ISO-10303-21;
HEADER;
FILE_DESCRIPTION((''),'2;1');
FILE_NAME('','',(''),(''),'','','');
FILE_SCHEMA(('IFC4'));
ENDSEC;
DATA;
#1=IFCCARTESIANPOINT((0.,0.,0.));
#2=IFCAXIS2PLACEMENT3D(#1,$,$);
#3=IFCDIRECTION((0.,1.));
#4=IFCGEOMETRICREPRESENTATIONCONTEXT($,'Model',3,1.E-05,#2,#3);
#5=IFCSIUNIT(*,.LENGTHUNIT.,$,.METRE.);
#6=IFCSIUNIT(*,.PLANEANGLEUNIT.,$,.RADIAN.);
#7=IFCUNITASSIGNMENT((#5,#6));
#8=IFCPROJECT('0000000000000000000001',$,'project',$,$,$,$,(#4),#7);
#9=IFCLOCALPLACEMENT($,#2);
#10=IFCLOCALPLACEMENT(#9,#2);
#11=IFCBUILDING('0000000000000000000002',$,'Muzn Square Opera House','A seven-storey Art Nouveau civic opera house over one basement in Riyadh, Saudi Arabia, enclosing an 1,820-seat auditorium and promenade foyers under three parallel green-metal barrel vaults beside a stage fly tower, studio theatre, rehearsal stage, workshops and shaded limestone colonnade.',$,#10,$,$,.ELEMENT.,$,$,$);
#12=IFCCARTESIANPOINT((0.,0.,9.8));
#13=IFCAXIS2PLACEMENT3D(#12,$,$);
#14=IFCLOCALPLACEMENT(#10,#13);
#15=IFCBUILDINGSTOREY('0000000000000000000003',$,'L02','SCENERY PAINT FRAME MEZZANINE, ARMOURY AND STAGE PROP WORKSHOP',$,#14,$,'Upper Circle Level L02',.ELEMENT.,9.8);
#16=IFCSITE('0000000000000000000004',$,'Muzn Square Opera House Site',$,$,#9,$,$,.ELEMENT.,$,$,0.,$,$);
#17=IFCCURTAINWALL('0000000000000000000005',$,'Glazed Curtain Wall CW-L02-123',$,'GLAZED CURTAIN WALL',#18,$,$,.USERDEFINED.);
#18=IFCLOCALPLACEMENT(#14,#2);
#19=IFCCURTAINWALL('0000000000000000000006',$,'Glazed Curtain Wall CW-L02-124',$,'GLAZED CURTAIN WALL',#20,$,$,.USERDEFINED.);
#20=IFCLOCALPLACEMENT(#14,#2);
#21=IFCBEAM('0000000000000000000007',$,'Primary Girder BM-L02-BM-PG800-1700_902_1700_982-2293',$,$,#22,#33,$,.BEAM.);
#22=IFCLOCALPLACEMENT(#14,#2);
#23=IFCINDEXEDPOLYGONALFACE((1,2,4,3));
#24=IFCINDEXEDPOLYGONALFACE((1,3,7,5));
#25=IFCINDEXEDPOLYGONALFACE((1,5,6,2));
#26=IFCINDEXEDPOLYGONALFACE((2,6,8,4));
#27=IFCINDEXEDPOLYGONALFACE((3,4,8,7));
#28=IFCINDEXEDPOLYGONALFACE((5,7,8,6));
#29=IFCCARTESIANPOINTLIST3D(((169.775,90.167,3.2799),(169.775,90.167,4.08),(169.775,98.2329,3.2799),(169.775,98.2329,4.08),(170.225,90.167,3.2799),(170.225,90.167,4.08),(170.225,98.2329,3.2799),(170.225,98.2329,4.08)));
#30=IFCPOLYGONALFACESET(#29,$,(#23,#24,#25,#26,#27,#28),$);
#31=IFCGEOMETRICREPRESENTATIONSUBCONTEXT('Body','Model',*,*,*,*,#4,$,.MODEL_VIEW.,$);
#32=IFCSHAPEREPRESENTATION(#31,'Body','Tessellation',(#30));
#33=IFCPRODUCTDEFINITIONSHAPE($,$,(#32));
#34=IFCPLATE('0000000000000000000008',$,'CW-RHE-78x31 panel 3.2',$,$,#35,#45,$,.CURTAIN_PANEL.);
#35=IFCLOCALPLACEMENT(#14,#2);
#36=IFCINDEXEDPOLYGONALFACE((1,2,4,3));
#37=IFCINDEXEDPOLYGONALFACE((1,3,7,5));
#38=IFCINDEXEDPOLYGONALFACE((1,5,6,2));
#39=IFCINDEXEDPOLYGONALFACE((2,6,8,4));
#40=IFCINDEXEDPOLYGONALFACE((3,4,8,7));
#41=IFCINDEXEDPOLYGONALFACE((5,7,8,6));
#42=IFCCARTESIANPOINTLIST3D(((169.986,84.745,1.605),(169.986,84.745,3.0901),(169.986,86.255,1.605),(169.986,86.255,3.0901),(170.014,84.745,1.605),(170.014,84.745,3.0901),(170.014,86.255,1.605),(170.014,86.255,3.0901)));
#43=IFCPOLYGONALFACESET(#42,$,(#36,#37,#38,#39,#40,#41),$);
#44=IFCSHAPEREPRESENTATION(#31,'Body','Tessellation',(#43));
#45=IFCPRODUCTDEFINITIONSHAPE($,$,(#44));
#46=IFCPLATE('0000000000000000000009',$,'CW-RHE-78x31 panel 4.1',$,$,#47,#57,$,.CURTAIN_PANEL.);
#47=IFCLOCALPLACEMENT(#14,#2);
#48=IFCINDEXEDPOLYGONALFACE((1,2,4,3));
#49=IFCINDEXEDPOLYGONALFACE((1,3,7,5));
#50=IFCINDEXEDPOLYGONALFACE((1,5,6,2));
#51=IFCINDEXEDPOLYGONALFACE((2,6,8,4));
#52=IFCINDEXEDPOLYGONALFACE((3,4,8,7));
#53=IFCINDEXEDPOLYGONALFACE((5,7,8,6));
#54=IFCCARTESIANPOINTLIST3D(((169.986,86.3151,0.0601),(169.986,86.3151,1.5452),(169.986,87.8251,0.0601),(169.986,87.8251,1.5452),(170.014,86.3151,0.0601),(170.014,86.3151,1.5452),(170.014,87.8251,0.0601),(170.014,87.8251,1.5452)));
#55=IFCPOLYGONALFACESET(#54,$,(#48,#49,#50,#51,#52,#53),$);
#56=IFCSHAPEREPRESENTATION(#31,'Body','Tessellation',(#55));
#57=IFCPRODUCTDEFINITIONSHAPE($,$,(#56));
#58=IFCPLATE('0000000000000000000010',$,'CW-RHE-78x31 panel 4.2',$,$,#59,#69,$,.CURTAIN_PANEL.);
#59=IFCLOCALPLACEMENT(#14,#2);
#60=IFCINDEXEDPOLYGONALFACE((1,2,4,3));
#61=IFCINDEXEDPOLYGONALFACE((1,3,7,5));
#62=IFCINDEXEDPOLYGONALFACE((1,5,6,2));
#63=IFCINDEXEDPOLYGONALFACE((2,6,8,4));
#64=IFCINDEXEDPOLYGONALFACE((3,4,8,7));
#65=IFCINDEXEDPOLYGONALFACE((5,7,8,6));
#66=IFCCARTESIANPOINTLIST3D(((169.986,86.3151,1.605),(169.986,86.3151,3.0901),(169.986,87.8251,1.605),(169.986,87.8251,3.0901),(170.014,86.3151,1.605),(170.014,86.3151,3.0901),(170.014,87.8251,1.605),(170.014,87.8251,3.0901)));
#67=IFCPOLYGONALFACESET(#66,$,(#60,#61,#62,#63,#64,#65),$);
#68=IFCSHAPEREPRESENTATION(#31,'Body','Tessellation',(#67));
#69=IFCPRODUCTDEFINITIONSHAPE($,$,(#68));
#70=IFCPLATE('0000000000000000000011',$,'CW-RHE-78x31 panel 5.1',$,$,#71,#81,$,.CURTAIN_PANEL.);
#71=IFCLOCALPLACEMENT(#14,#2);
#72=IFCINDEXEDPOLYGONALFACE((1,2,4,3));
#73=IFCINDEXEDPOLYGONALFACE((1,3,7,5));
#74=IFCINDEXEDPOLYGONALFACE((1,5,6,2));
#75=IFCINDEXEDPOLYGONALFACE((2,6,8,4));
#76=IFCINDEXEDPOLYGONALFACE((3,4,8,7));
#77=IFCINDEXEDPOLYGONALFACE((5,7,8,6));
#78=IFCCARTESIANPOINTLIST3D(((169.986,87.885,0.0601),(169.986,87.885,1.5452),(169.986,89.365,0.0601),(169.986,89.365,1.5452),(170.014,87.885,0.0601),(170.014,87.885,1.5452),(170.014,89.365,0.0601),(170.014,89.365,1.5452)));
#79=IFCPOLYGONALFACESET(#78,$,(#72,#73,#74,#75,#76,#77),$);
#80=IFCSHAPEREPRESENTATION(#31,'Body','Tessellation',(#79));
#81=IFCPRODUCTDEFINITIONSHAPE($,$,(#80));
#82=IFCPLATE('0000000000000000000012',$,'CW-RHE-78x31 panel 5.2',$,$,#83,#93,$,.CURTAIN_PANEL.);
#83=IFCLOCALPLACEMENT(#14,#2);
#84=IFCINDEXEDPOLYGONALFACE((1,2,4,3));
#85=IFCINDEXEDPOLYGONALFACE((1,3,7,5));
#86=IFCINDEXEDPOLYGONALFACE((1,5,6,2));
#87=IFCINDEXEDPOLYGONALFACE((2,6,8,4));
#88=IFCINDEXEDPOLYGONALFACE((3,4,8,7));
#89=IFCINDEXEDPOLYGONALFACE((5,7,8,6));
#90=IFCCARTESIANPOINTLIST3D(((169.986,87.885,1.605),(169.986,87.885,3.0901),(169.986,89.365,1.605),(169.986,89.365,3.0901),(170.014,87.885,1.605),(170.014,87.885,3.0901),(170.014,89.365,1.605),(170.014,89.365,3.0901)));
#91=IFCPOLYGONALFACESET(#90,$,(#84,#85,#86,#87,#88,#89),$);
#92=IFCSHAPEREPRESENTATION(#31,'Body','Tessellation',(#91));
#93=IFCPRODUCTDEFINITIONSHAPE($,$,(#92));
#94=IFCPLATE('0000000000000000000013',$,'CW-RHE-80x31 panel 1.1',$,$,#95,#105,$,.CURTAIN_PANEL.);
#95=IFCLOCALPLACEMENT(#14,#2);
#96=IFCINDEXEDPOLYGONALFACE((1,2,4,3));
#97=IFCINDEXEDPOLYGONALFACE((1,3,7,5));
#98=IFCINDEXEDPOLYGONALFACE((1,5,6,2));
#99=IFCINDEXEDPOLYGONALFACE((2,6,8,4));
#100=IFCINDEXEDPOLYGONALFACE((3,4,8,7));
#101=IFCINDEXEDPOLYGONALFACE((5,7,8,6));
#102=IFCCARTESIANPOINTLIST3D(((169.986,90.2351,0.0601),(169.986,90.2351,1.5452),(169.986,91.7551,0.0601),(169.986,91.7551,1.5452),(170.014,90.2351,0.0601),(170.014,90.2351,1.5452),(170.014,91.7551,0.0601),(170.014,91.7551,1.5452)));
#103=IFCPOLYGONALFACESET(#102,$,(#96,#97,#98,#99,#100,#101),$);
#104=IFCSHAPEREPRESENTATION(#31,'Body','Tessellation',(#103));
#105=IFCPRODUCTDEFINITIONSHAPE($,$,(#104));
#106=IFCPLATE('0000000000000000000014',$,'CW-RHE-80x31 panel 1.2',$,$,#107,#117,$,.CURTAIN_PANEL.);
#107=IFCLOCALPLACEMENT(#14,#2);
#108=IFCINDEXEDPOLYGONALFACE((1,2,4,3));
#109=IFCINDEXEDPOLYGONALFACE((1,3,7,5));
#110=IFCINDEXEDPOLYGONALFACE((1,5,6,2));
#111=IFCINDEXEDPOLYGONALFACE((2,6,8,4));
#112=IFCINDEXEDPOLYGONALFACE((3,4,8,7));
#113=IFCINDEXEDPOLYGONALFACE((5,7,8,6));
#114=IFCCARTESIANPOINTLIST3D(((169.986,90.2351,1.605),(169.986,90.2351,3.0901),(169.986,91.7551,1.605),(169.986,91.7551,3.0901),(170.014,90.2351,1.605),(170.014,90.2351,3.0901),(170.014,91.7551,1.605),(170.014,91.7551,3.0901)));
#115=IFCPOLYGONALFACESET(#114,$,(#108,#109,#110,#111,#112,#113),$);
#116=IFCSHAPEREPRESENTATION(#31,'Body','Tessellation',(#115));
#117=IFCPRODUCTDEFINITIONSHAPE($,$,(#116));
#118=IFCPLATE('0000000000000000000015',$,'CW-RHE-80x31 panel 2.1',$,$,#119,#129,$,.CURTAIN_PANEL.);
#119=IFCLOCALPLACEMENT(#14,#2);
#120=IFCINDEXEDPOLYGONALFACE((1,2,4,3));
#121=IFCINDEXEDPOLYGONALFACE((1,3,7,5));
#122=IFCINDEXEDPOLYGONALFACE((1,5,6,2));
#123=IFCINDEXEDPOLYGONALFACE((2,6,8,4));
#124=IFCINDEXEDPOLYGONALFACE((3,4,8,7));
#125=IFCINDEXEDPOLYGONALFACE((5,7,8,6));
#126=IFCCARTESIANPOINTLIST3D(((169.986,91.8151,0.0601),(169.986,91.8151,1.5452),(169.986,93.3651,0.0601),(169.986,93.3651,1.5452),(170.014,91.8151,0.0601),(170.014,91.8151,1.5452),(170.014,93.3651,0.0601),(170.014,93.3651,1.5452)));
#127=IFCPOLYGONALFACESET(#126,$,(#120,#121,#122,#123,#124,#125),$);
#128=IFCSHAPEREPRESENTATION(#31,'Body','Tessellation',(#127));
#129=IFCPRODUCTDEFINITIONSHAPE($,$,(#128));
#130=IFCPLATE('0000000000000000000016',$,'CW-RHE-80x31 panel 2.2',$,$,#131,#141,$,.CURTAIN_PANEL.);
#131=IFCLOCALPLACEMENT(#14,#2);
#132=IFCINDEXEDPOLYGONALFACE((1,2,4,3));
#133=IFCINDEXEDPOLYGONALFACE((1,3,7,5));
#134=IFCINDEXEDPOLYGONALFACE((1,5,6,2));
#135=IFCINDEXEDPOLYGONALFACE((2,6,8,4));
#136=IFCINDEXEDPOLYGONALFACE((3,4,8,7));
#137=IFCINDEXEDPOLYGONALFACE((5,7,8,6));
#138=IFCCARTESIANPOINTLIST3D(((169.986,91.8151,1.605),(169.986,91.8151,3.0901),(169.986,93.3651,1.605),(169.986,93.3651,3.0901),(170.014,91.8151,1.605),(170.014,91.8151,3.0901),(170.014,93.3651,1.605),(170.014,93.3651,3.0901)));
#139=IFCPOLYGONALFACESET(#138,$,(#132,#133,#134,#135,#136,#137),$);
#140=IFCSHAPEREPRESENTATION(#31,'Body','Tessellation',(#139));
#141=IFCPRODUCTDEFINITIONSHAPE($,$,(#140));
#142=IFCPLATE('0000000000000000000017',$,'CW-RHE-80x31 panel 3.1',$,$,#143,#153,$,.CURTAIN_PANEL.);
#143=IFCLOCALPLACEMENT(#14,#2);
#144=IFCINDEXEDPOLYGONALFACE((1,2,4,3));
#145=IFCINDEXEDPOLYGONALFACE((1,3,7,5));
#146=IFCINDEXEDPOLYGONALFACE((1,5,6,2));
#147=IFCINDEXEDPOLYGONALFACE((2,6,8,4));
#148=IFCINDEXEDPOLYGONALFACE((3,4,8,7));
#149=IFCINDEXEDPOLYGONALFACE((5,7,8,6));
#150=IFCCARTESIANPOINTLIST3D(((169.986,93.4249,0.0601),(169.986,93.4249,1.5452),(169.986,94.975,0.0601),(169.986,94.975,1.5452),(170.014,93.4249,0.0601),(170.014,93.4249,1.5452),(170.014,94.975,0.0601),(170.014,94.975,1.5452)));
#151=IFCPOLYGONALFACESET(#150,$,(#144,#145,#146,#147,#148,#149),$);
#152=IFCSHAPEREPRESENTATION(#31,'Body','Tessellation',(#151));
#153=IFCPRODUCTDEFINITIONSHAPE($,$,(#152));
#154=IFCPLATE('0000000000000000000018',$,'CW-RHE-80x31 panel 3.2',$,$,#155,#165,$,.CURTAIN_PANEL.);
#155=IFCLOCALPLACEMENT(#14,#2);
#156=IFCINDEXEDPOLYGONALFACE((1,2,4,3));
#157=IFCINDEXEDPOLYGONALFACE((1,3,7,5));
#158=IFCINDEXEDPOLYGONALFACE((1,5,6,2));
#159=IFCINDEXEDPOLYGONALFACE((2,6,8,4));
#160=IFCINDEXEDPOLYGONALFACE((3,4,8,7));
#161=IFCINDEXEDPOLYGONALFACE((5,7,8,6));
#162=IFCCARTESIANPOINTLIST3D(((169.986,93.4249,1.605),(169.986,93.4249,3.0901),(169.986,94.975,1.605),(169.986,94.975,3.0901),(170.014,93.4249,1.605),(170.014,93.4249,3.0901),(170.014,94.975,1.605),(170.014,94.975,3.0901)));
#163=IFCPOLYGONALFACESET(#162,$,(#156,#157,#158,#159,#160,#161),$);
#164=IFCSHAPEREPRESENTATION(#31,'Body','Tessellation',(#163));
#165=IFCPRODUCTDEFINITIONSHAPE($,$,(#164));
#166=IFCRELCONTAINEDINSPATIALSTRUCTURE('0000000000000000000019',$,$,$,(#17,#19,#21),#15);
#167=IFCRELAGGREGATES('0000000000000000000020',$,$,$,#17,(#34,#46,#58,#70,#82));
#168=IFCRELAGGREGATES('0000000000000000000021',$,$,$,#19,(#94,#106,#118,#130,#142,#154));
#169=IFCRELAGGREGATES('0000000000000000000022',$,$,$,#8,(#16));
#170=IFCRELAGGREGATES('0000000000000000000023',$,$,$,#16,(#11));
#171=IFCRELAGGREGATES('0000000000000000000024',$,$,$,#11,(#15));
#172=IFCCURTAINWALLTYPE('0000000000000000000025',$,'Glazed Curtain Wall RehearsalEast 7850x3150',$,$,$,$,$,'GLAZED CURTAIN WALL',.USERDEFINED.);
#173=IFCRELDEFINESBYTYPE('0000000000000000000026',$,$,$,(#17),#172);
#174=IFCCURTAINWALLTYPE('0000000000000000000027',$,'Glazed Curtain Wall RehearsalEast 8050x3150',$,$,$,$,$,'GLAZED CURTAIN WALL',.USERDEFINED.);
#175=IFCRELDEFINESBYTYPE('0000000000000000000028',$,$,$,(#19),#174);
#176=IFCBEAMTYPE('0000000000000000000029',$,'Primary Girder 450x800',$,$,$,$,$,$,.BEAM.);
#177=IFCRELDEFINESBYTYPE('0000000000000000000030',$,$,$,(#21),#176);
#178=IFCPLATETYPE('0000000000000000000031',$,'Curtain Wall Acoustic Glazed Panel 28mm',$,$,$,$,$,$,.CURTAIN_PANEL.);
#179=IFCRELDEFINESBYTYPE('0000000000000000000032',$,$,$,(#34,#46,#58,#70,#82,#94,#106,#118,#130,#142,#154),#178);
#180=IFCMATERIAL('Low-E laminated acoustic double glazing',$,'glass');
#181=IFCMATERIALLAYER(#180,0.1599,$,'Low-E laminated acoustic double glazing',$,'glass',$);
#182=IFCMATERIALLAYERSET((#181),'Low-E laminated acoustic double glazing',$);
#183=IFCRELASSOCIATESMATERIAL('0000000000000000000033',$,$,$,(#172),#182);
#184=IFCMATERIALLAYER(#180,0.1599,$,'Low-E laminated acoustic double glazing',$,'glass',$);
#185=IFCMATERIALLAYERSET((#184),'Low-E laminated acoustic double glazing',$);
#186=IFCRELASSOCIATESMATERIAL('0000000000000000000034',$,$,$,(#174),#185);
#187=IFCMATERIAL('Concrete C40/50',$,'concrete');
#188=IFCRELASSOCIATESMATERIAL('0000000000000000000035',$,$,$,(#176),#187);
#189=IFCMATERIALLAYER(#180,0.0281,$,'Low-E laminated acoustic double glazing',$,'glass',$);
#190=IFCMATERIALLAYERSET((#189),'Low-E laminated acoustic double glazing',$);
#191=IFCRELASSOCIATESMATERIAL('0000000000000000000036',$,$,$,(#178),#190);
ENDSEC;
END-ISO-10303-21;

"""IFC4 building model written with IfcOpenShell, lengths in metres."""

from ifc_helpers import new_model, si_unit, direction, frame, origin, origin_2d, place, context, subcontext, project, spatial, rectangle, extrude, material, layer, layer_set, material_profile, profile_set, type_object, element, aggregate, save


model = new_model("IFC4")

# Units and contexts
model_context = context("Model", 3, precision=1e-05, world=origin(), true_north=direction((0.0, 1.0)))
body_context = subcontext(model_context, "Body", "Model", "MODEL_VIEW")
ifc_project = project(units=[si_unit("LENGTHUNIT", "METRE"), si_unit("PLANEANGLEUNIT", "RADIAN")], contexts=[model_context])

# Site, building, storey
site_placement = place(None, origin())
site = spatial("IfcSite", under=ifc_project, at=site_placement, Name="Muzn Square Opera House Site", CompositionType="ELEMENT", RefElevation=0.0)
building_placement = place(site_placement, origin())
building = spatial("IfcBuilding", under=site, at=building_placement, Name="Muzn Square Opera House", Description="A seven-storey Art Nouveau civic opera house over one basement in Riyadh, Saudi Arabia, enclosing an 1,820-seat auditorium and promenade foyers under three parallel green-metal barrel vaults beside a stage fly tower, studio theatre, rehearsal stage, workshops and shaded limestone colonnade.", CompositionType="ELEMENT")
storey_placement = place(building_placement, frame((0.0, 0.0, 9.8)))
storey = spatial("IfcBuildingStorey", under=building, at=storey_placement, Name="L02", Description="SCENERY PAINT FRAME MEZZANINE, ARMOURY AND STAGE PROP WORKSHOP", LongName="Upper Circle Level L02", CompositionType="ELEMENT", Elevation=9.8)

# Curtain walls
ifc_material_1 = material(Name="Low-E laminated acoustic double glazing", Category="glass")
ifc_layer_1 = layer(ifc_material_1, 0.1599, Name="Low-E laminated acoustic double glazing", Category="glass")
ifc_layer_set_1 = layer_set([ifc_layer_1], Name="Low-E laminated acoustic double glazing")
curtain_wall_type_1 = type_object("IfcCurtainWallType", Name="Glazed Curtain Wall RehearsalEast 7850x3150", ElementType="GLAZED CURTAIN WALL", PredefinedType="USERDEFINED", material=ifc_layer_set_1)
curtain_wall_1_placement = place(storey_placement, origin())
curtain_wall_1 = element("IfcCurtainWall", 1, at=curtain_wall_1_placement, inside=storey, type_object=curtain_wall_type_1, Name="Glazed Curtain Wall CW-L02-123", ObjectType="GLAZED CURTAIN WALL", PredefinedType="USERDEFINED")
ifc_layer_2 = layer(ifc_material_1, 0.1599, Name="Low-E laminated acoustic double glazing", Category="glass")
ifc_layer_set_2 = layer_set([ifc_layer_2], Name="Low-E laminated acoustic double glazing")
curtain_wall_type_2 = type_object("IfcCurtainWallType", Name="Glazed Curtain Wall RehearsalEast 8050x3150", ElementType="GLAZED CURTAIN WALL", PredefinedType="USERDEFINED", material=ifc_layer_set_2)
curtain_wall_2_placement = place(storey_placement, origin())
curtain_wall_2 = element("IfcCurtainWall", 2, at=curtain_wall_2_placement, inside=storey, type_object=curtain_wall_type_2, Name="Glazed Curtain Wall CW-L02-124", ObjectType="GLAZED CURTAIN WALL", PredefinedType="USERDEFINED")

# Beam
ifc_material_2 = material(Name="Concrete C40/50", Category="concrete")
ifc_material_profile_1 = material_profile(ifc_material_2, rectangle(XDim=0.45, YDim=0.8, at=origin_2d()), Name="RCB 450x800", Category="concrete")
ifc_profile_set_1 = profile_set([ifc_material_profile_1], Name="Concrete C40/50")
beam_type = type_object("IfcBeamType", Name="Primary Girder 450x800", PredefinedType="BEAM", material=ifc_profile_set_1)
beam_placement = place(storey_placement, frame((170.0, 90.167, 3.6799), z_axis=(0.0, 1.0, 0.0), x_axis=(-1.0, 0.0, 0.0)))
element("IfcBeam", 3, at=beam_placement, inside=storey, type_object=beam_type, Name="Primary Girder BM-L02-BM-PG800-1700_902_1700_982-2293", PredefinedType="BEAM", context=body_context, shape_type="SweptSolid", body=[
    extrude(rectangle(XDim=0.45, YDim=0.8, at=origin_2d()), origin(), (0.0, 0.0, 1.0), 8.0659),
])

# Plates
ifc_layer_3 = layer(ifc_material_1, 0.0281, Name="Low-E laminated acoustic double glazing", Category="glass")
ifc_layer_set_3 = layer_set([ifc_layer_3], Name="Low-E laminated acoustic double glazing")
plate_type = type_object("IfcPlateType", Name="Curtain Wall Acoustic Glazed Panel 28mm", PredefinedType="CURTAIN_PANEL", material=ifc_layer_set_3)
plate_1_placement = place(storey_placement, frame((170.0, 85.5, 1.605), z_axis=(0.0, 0.0, 1.0), x_axis=(0.0, 1.0, 0.0)))
plate_1 = element("IfcPlate", 4, at=plate_1_placement, type_object=plate_type, Name="CW-RHE-78x31 panel 3.2", PredefinedType="CURTAIN_PANEL", context=body_context, shape_type="SweptSolid", body=[
    extrude(rectangle(XDim=1.51, YDim=0.0281, at=origin_2d()), origin(), (0.0, 0.0, 1.0), 1.4851),
])
plate_2_placement = place(storey_placement, frame((170.0, 87.0701, 0.0601), z_axis=(0.0, 0.0, 1.0), x_axis=(0.0, 1.0, 0.0)))
plate_2 = element("IfcPlate", 5, at=plate_2_placement, type_object=plate_type, Name="CW-RHE-78x31 panel 4.1", PredefinedType="CURTAIN_PANEL", context=body_context, shape_type="SweptSolid", body=[
    extrude(rectangle(XDim=1.51, YDim=0.0281, at=origin_2d()), origin(), (0.0, 0.0, 1.0), 1.4851),
])
plate_3_placement = place(storey_placement, frame((170.0, 87.0701, 1.605), z_axis=(0.0, 0.0, 1.0), x_axis=(0.0, 1.0, 0.0)))
plate_3 = element("IfcPlate", 6, at=plate_3_placement, type_object=plate_type, Name="CW-RHE-78x31 panel 4.2", PredefinedType="CURTAIN_PANEL", context=body_context, shape_type="SweptSolid", body=[
    extrude(rectangle(XDim=1.51, YDim=0.0281, at=origin_2d()), origin(), (0.0, 0.0, 1.0), 1.4851),
])
plate_4_placement = place(storey_placement, frame((170.0, 88.625, 0.0601), z_axis=(0.0, 0.0, 1.0), x_axis=(0.0, 1.0, 0.0)))
plate_4 = element("IfcPlate", 7, at=plate_4_placement, type_object=plate_type, Name="CW-RHE-78x31 panel 5.1", PredefinedType="CURTAIN_PANEL", context=body_context, shape_type="SweptSolid", body=[
    extrude(rectangle(XDim=1.48, YDim=0.0281, at=origin_2d()), origin(), (0.0, 0.0, 1.0), 1.4851),
])
plate_5_placement = place(storey_placement, frame((170.0, 88.625, 1.605), z_axis=(0.0, 0.0, 1.0), x_axis=(0.0, 1.0, 0.0)))
plate_5 = element("IfcPlate", 8, at=plate_5_placement, type_object=plate_type, Name="CW-RHE-78x31 panel 5.2", PredefinedType="CURTAIN_PANEL", context=body_context, shape_type="SweptSolid", body=[
    extrude(rectangle(XDim=1.48, YDim=0.0281, at=origin_2d()), origin(), (0.0, 0.0, 1.0), 1.4851),
])
aggregate(curtain_wall_1, [plate_1, plate_2, plate_3, plate_4, plate_5])
plate_6_placement = place(storey_placement, frame((170.0, 90.9951, 0.0601), z_axis=(0.0, 0.0, 1.0), x_axis=(0.0, 1.0, 0.0)))
plate_6 = element("IfcPlate", 9, at=plate_6_placement, type_object=plate_type, Name="CW-RHE-80x31 panel 1.1", PredefinedType="CURTAIN_PANEL", context=body_context, shape_type="SweptSolid", body=[
    extrude(rectangle(XDim=1.52, YDim=0.0281, at=origin_2d()), origin(), (0.0, 0.0, 1.0), 1.4851),
])
plate_7_placement = place(storey_placement, frame((170.0, 90.9951, 1.605), z_axis=(0.0, 0.0, 1.0), x_axis=(0.0, 1.0, 0.0)))
plate_7 = element("IfcPlate", 10, at=plate_7_placement, type_object=plate_type, Name="CW-RHE-80x31 panel 1.2", PredefinedType="CURTAIN_PANEL", context=body_context, shape_type="SweptSolid", body=[
    extrude(rectangle(XDim=1.52, YDim=0.0281, at=origin_2d()), origin(), (0.0, 0.0, 1.0), 1.4851),
])
plate_8_placement = place(storey_placement, frame((170.0, 92.5901, 0.0601), z_axis=(0.0, 0.0, 1.0), x_axis=(0.0, 1.0, 0.0)))
plate_8 = element("IfcPlate", 11, at=plate_8_placement, type_object=plate_type, Name="CW-RHE-80x31 panel 2.1", PredefinedType="CURTAIN_PANEL", context=body_context, shape_type="SweptSolid", body=[
    extrude(rectangle(XDim=1.55, YDim=0.0281, at=origin_2d()), origin(), (0.0, 0.0, 1.0), 1.4851),
])
plate_9_placement = place(storey_placement, frame((170.0, 92.5901, 1.605), z_axis=(0.0, 0.0, 1.0), x_axis=(0.0, 1.0, 0.0)))
plate_9 = element("IfcPlate", 12, at=plate_9_placement, type_object=plate_type, Name="CW-RHE-80x31 panel 2.2", PredefinedType="CURTAIN_PANEL", context=body_context, shape_type="SweptSolid", body=[
    extrude(rectangle(XDim=1.55, YDim=0.0281, at=origin_2d()), origin(), (0.0, 0.0, 1.0), 1.4851),
])
plate_10_placement = place(storey_placement, frame((170.0, 94.2, 0.0601), z_axis=(0.0, 0.0, 1.0), x_axis=(0.0, 1.0, 0.0)))
plate_10 = element("IfcPlate", 13, at=plate_10_placement, type_object=plate_type, Name="CW-RHE-80x31 panel 3.1", PredefinedType="CURTAIN_PANEL", context=body_context, shape_type="SweptSolid", body=[
    extrude(rectangle(XDim=1.55, YDim=0.0281, at=origin_2d()), origin(), (0.0, 0.0, 1.0), 1.4851),
])
plate_11_placement = place(storey_placement, frame((170.0, 94.2, 1.605), z_axis=(0.0, 0.0, 1.0), x_axis=(0.0, 1.0, 0.0)))
plate_11 = element("IfcPlate", 14, at=plate_11_placement, type_object=plate_type, Name="CW-RHE-80x31 panel 3.2", PredefinedType="CURTAIN_PANEL", context=body_context, shape_type="SweptSolid", body=[
    extrude(rectangle(XDim=1.55, YDim=0.0281, at=origin_2d()), origin(), (0.0, 0.0, 1.0), 1.4851),
])
aggregate(curtain_wall_2, [plate_6, plate_7, plate_8, plate_9, plate_10, plate_11])

save(model, "model.ifc")
